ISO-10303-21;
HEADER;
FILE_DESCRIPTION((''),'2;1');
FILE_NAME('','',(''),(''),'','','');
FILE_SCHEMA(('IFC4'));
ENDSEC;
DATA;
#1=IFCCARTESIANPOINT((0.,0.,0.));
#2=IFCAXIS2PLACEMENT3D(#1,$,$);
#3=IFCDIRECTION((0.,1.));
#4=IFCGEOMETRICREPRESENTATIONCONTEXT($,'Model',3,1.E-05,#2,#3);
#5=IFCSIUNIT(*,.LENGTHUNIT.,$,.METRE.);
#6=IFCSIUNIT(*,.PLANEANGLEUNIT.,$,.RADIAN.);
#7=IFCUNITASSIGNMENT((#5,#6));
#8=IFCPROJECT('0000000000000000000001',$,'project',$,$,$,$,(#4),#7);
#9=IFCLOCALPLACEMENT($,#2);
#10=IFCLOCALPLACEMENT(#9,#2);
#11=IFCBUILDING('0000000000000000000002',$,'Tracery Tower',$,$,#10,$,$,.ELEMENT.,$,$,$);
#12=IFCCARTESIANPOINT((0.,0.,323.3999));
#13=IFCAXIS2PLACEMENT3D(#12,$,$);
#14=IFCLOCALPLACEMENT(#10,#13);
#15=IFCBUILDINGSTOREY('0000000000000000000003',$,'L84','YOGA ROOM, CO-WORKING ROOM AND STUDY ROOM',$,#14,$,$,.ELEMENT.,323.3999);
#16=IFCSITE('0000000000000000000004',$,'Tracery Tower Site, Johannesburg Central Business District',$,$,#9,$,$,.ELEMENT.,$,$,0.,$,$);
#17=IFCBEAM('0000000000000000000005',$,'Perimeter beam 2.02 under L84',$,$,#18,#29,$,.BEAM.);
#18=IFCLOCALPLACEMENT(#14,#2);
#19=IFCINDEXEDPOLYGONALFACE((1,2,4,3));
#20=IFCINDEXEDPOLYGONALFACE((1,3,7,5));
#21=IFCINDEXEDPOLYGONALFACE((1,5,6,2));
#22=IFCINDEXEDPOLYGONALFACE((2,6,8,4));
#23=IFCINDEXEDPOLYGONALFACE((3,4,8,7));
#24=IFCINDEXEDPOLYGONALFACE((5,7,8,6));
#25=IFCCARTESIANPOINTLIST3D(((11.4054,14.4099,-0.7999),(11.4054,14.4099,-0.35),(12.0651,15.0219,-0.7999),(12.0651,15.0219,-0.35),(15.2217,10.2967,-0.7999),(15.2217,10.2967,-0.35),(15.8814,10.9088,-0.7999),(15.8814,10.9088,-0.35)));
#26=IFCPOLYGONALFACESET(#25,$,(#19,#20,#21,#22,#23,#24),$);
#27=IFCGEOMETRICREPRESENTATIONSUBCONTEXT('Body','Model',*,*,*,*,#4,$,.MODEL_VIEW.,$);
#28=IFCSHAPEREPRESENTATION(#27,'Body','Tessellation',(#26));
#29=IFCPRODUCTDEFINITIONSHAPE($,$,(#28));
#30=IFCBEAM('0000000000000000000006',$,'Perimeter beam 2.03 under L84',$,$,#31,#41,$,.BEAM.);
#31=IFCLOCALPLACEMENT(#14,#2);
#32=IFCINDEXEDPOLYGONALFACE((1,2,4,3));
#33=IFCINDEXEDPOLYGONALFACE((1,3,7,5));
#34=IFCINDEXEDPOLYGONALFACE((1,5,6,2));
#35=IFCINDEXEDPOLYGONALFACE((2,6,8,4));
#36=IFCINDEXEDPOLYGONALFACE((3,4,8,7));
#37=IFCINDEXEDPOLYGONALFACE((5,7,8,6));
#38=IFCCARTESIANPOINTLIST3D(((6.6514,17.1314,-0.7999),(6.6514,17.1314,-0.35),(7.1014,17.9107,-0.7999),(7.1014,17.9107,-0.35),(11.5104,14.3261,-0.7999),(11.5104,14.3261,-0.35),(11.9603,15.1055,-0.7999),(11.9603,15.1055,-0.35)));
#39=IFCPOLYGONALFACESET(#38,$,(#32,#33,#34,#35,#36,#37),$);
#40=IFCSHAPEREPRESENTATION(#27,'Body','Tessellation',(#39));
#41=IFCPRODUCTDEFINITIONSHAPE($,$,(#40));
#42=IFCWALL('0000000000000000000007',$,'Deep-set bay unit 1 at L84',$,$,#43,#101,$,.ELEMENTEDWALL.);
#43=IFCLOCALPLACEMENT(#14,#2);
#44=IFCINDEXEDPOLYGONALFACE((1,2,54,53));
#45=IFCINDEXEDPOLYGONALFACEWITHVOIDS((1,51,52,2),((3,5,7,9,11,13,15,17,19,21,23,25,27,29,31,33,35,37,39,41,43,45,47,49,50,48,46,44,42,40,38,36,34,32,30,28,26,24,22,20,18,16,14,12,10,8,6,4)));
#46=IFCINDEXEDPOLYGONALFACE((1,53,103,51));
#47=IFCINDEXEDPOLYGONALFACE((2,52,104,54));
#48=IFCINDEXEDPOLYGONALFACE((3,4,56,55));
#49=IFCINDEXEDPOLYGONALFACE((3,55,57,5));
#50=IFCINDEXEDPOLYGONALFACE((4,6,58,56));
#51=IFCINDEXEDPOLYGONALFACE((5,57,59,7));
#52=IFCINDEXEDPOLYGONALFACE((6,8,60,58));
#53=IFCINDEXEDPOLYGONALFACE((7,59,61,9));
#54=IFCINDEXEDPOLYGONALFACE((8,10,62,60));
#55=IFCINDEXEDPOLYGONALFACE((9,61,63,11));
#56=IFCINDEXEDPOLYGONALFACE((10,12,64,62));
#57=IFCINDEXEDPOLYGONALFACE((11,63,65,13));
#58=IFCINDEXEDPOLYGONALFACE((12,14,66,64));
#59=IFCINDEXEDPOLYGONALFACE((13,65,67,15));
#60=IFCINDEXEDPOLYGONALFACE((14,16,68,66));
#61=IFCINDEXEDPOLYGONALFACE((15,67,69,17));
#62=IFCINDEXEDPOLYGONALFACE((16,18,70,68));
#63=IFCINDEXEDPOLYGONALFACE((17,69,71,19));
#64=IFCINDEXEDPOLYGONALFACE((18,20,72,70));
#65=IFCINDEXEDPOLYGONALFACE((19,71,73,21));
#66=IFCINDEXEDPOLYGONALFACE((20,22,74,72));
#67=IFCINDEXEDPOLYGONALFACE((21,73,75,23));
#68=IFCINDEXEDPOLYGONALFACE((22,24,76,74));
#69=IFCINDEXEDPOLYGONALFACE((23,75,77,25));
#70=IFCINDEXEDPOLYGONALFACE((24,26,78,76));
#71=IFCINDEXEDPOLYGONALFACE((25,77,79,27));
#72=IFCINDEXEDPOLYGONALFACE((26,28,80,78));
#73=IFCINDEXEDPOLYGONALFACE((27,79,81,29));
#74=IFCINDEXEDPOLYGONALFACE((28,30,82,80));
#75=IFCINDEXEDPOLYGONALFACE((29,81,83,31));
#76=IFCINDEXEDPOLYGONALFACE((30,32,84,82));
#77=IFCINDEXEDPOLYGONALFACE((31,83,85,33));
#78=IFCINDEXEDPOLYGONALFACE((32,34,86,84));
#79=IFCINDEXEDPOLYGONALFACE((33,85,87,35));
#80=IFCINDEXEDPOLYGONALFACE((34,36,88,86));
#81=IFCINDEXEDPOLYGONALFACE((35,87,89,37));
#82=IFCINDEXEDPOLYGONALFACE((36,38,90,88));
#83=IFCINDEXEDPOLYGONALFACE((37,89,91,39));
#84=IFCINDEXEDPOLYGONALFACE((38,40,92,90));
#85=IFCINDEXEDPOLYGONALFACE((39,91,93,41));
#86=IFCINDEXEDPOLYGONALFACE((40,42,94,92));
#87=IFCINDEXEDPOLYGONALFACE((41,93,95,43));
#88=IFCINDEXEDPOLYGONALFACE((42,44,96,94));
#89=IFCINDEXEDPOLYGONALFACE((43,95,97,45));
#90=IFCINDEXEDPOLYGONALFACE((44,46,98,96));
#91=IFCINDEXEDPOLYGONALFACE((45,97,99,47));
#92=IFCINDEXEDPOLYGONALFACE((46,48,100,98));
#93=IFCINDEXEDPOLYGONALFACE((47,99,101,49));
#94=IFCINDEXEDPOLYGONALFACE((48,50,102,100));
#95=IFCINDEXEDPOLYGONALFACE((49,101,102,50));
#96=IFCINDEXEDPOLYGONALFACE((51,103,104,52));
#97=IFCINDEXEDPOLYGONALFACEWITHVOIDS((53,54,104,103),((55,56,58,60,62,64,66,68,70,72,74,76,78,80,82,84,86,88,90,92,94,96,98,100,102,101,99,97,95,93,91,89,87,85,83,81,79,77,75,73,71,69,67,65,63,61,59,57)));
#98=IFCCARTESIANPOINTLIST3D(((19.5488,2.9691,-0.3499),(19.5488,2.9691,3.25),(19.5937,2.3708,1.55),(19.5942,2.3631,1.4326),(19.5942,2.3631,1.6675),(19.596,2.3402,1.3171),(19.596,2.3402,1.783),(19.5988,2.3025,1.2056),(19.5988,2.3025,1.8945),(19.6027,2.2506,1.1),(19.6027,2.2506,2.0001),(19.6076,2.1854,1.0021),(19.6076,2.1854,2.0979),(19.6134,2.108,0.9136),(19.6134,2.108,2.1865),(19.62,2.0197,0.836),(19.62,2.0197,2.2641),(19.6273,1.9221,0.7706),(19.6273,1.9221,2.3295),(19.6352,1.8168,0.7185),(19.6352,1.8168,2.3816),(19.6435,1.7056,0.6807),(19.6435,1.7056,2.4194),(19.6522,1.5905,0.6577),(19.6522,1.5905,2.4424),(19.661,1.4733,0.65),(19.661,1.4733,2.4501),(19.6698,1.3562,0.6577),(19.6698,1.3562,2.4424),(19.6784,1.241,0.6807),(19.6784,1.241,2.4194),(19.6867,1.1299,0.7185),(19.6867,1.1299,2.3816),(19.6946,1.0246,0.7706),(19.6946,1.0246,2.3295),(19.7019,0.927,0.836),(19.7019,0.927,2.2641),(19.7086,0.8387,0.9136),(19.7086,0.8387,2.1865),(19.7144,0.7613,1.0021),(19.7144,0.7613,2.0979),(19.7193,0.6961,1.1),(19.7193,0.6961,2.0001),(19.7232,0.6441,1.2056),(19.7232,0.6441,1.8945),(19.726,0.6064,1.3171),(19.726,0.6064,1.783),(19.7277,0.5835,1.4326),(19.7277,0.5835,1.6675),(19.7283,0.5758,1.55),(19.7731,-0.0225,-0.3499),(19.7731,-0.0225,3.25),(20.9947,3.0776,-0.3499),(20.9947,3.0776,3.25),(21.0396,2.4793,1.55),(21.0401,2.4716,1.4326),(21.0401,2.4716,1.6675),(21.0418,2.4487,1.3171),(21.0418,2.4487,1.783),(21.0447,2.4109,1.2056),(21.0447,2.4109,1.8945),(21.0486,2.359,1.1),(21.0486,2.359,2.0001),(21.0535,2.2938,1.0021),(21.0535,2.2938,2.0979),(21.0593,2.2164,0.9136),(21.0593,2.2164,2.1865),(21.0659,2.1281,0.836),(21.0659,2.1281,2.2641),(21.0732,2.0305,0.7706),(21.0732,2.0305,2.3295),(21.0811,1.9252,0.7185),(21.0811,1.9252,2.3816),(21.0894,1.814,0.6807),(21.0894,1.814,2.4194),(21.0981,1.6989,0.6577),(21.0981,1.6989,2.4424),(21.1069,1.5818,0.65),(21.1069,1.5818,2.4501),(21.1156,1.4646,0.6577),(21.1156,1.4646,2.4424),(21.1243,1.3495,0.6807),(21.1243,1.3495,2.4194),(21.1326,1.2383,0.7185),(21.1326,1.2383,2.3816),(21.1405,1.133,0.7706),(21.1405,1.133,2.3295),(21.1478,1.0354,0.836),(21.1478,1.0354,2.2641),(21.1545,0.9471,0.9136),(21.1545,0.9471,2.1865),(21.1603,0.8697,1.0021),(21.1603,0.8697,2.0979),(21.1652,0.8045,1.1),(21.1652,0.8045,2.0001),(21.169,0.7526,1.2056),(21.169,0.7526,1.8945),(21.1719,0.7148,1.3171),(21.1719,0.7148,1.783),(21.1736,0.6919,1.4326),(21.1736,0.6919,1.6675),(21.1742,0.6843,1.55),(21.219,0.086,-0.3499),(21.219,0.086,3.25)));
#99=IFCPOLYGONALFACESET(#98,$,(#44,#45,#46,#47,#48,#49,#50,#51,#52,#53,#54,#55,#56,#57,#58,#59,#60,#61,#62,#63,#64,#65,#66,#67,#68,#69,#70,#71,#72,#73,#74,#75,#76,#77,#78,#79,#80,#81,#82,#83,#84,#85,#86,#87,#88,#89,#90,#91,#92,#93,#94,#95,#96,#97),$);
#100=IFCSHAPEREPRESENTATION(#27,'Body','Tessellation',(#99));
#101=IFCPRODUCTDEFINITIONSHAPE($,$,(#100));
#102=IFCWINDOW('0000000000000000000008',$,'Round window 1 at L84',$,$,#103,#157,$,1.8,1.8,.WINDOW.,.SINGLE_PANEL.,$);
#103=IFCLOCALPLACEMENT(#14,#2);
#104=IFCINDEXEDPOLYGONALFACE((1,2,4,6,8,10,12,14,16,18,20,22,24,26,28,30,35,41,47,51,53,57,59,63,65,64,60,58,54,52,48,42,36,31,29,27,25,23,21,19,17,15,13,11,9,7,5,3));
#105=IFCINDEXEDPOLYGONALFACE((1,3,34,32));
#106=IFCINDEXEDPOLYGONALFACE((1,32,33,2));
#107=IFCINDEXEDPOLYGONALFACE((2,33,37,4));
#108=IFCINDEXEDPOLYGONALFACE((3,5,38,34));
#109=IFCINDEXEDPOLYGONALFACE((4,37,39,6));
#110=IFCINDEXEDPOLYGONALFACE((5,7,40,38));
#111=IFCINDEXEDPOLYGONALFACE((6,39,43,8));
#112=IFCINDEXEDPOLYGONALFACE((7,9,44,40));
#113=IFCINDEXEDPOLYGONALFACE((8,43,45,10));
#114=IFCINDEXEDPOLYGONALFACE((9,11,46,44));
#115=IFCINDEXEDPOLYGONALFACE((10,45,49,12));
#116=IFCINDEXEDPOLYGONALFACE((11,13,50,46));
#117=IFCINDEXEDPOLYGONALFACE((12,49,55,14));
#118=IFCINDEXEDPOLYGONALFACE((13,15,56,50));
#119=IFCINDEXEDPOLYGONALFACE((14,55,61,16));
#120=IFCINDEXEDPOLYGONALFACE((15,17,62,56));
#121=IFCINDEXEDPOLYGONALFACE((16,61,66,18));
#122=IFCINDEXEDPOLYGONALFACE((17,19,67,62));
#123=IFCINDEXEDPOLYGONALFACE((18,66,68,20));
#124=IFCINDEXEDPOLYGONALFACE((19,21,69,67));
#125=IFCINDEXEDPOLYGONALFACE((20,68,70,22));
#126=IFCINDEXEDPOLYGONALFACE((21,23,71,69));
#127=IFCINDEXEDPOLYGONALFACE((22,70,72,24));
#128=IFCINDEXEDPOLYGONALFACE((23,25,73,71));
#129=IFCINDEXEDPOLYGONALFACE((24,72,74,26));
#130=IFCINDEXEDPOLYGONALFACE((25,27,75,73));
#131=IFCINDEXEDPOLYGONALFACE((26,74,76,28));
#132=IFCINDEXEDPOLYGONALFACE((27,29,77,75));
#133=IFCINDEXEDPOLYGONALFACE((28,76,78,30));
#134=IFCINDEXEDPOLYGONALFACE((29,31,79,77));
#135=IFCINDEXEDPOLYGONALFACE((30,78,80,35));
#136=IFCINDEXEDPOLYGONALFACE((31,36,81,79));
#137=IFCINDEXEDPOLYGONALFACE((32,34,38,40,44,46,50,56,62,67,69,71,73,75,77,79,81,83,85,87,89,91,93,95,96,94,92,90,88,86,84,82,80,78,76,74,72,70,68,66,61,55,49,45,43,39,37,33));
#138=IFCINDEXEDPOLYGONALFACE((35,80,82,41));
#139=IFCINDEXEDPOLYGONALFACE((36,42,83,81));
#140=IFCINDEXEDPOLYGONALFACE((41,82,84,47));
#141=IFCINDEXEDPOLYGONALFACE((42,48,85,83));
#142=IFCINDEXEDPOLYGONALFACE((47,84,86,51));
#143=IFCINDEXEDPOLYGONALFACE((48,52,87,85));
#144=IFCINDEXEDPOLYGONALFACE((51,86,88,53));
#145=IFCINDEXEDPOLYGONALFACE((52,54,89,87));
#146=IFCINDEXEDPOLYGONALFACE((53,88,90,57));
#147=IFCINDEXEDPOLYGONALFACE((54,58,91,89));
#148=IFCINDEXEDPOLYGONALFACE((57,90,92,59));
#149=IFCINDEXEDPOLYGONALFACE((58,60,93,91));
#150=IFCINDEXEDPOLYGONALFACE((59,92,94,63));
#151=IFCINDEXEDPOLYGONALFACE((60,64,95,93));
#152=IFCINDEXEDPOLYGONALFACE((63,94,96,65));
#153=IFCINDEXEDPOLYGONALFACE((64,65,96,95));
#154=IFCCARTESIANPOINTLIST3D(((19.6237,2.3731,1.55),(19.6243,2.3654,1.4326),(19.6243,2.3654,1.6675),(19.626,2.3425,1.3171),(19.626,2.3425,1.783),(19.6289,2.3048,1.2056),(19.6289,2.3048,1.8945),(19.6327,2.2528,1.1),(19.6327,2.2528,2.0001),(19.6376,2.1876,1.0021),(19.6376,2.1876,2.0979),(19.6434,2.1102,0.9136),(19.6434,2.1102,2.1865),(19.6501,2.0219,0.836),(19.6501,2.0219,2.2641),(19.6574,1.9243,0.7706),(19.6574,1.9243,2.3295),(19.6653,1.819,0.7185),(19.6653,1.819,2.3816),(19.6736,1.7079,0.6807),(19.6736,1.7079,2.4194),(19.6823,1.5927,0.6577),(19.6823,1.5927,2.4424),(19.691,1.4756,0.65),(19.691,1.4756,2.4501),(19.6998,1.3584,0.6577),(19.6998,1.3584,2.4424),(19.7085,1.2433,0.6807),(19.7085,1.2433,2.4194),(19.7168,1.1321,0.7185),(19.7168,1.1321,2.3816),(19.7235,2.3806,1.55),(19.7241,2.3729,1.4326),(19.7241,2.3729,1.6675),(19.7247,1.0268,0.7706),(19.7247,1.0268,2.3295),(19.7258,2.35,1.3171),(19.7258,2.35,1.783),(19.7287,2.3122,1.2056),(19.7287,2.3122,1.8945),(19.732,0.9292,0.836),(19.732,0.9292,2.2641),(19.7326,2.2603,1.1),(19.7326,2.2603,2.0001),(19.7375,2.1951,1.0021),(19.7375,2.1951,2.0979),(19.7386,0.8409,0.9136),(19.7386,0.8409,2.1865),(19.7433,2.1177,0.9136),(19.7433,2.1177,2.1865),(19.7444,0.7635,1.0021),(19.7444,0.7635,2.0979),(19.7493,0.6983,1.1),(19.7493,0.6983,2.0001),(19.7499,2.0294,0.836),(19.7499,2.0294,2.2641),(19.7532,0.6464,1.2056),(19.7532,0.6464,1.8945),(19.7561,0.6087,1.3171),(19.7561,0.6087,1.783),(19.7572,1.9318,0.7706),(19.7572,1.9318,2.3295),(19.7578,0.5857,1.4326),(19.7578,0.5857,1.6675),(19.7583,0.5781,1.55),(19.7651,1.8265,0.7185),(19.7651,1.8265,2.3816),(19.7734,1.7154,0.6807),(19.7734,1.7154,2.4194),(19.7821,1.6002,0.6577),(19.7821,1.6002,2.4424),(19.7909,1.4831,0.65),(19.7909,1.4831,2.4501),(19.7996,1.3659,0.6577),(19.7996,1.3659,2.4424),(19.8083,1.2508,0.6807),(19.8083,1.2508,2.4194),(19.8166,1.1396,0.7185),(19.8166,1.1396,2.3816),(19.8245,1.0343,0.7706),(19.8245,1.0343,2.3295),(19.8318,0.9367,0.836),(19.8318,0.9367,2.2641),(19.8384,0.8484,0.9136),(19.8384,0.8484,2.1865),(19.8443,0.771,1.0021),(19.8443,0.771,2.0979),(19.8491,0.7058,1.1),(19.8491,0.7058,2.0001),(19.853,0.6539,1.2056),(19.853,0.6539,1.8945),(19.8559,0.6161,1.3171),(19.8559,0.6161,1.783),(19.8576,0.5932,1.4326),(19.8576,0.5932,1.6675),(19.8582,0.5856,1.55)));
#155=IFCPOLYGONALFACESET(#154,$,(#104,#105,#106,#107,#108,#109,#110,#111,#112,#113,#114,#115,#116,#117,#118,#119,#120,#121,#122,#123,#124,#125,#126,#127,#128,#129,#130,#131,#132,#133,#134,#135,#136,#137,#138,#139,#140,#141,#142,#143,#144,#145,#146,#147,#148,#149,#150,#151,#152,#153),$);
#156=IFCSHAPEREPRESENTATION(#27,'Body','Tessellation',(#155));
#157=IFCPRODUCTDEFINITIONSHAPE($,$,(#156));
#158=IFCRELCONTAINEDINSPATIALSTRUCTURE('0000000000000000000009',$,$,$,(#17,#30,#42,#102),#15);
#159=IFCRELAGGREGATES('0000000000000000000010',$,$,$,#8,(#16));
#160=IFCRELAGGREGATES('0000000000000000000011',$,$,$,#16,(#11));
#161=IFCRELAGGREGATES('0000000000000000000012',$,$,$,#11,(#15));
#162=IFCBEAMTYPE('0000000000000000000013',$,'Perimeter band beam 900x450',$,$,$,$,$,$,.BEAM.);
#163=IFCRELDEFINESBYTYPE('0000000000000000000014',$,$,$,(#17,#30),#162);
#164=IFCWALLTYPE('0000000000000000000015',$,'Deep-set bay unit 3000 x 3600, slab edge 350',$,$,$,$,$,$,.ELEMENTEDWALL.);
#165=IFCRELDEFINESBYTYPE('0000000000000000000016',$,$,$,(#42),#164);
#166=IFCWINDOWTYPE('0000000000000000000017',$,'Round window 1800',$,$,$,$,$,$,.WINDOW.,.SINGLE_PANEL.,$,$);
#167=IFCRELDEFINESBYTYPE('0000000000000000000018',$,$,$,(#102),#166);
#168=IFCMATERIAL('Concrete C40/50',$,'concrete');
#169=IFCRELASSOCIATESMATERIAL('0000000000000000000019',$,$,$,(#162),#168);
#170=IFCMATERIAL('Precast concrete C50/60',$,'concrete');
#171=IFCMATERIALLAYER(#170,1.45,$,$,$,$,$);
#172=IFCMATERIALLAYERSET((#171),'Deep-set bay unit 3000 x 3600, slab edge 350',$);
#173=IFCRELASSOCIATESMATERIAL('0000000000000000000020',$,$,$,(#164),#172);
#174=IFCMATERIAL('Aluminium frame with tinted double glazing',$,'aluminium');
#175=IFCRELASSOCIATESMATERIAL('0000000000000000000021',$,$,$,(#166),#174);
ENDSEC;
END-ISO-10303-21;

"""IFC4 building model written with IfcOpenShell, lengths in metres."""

from ifc_helpers import new_model, si_unit, direction, frame, frame_2d, origin, origin_2d, place, context, subcontext, project, spatial, rectangle, circle, extrude, material, layer, layer_set, material_profile, profile_set, type_object, element, fill, save


model = new_model("IFC4")

# Units and contexts
model_context = context("Model", 3, precision=1e-05, world=origin(), true_north=direction((0.0, 1.0)))
body_context = subcontext(model_context, "Body", "Model", "MODEL_VIEW")
ifc_project = project(units=[si_unit("LENGTHUNIT", "METRE"), si_unit("PLANEANGLEUNIT", "RADIAN")], contexts=[model_context])

# Site, building, storey
site_placement = place(None, origin())
site = spatial("IfcSite", under=ifc_project, at=site_placement, Name="Tracery Tower Site, Johannesburg Central Business District", CompositionType="ELEMENT", RefElevation=0.0)
building_placement = place(site_placement, origin())
building = spatial("IfcBuilding", under=site, at=building_placement, Name="Tracery Tower", CompositionType="ELEMENT")
storey_placement = place(building_placement, frame((0.0, 0.0, 323.3999)))
storey = spatial("IfcBuildingStorey", under=building, at=storey_placement, Name="L84", Description="YOGA ROOM, CO-WORKING ROOM AND STUDY ROOM", CompositionType="ELEMENT", Elevation=323.3999)

# Beams
ifc_material_1 = material(Name="Concrete C40/50", Category="concrete")
ifc_material_profile_1 = material_profile(ifc_material_1, rectangle(XDim=0.8999, YDim=0.45, at=origin_2d()), Name="RC 900x450")
ifc_profile_set_1 = profile_set([ifc_material_profile_1], Name="Concrete C40/50")
beam_type = type_object("IfcBeamType", Name="Perimeter band beam 900x450", PredefinedType="BEAM", material=ifc_profile_set_1)
beam_1_placement = place(storey_placement, frame((15.5515, 10.6028, -0.575), z_axis=(-0.680156, 0.733068, 0.0), x_axis=(-0.733068, -0.680156, 0.0)))
element("IfcBeam", 1, at=beam_1_placement, inside=storey, type_object=beam_type, Name="Perimeter beam 2.02 under L84", PredefinedType="BEAM", context=body_context, shape_type="SweptSolid", body=[
    extrude(rectangle(XDim=0.8999, YDim=0.45, at=origin_2d()), origin(), (0.0, 0.0, 1.0), 5.6108),
])
beam_2_placement = place(storey_placement, frame((11.7354, 14.7158, -0.575), z_axis=(-0.866033, 0.499986, 0.0), x_axis=(-0.499986, -0.866033, 0.0)))
element("IfcBeam", 2, at=beam_2_placement, inside=storey, type_object=beam_type, Name="Perimeter beam 2.03 under L84", PredefinedType="BEAM", context=body_context, shape_type="SweptSolid", body=[
    extrude(rectangle(XDim=0.8999, YDim=0.45, at=origin_2d()), origin(), (0.0, 0.0, 1.0), 5.6106),
])

# Wall, opening, window
ifc_material_2 = material(Name="Precast concrete C50/60", Category="concrete")
ifc_layer_1 = layer(ifc_material_2, 1.45)
ifc_layer_set_1 = layer_set([ifc_layer_1], Name="Deep-set bay unit 3000 x 3600, slab edge 350")
wall_type_1 = type_object("IfcWallType", Name="Deep-set bay unit 3000 x 3600, slab edge 350", PredefinedType="ELEMENTEDWALL", material=ifc_layer_set_1)
wall_1_placement = place(storey_placement, frame((20.4961, 0.0317, -0.3499), z_axis=(0.0, 0.0, 1.0), x_axis=(-0.074786, 0.9972, 0.0)))
wall_1 = element("IfcWall", 3, at=wall_1_placement, inside=storey, type_object=wall_type_1, Name="Deep-set bay unit 1 at L84", PredefinedType="ELEMENTEDWALL", context=body_context, shape_type="SweptSolid", body=[
    extrude(rectangle(XDim=3.0, YDim=1.45, at=frame_2d((1.5, 0.0))), origin(), (0.0, 0.0, 1.0), 3.5999),
])
opening_1_placement = place(wall_1_placement, frame((1.5, 0.0, 1.8999)))
opening_1 = element("IfcOpeningElement", 4, at=opening_1_placement, cuts=wall_1, PredefinedType="OPENING", context=body_context, shape_type="SweptSolid", body=[
    extrude(circle(Radius=0.9, at=origin_2d()), frame((0.0, 0.7349, 0.0), z_axis=(0.0, -1.0, 0.0), x_axis=(1.0, 0.0, 0.0)), (0.0, 0.0, 1.0), 1.47),
])
ifc_material_3 = material(Name="Aluminium frame with tinted double glazing", Category="aluminium")
window_type = type_object("IfcWindowType", Name="Round window 1800", PartitioningType="SINGLE_PANEL", PredefinedType="WINDOW", material=ifc_material_3)
window_1_placement = place(opening_1_placement, origin())
window_1 = element("IfcWindow", 5, at=window_1_placement, inside=storey, type_object=window_type, Name="Round window 1 at L84", OverallHeight=1.8, OverallWidth=1.8, PartitioningType="SINGLE_PANEL", PredefinedType="WINDOW", context=body_context, shape_type="SweptSolid", body=[
    extrude(circle(Radius=0.9, at=origin_2d()), frame((0.0, 0.6948, 0.0), z_axis=(0.0, -1.0, 0.0), x_axis=(1.0, 0.0, 0.0)), (0.0, 0.0, 1.0), 0.1001),
])
fill(opening_1, window_1)

save(model, "model.ifc")
